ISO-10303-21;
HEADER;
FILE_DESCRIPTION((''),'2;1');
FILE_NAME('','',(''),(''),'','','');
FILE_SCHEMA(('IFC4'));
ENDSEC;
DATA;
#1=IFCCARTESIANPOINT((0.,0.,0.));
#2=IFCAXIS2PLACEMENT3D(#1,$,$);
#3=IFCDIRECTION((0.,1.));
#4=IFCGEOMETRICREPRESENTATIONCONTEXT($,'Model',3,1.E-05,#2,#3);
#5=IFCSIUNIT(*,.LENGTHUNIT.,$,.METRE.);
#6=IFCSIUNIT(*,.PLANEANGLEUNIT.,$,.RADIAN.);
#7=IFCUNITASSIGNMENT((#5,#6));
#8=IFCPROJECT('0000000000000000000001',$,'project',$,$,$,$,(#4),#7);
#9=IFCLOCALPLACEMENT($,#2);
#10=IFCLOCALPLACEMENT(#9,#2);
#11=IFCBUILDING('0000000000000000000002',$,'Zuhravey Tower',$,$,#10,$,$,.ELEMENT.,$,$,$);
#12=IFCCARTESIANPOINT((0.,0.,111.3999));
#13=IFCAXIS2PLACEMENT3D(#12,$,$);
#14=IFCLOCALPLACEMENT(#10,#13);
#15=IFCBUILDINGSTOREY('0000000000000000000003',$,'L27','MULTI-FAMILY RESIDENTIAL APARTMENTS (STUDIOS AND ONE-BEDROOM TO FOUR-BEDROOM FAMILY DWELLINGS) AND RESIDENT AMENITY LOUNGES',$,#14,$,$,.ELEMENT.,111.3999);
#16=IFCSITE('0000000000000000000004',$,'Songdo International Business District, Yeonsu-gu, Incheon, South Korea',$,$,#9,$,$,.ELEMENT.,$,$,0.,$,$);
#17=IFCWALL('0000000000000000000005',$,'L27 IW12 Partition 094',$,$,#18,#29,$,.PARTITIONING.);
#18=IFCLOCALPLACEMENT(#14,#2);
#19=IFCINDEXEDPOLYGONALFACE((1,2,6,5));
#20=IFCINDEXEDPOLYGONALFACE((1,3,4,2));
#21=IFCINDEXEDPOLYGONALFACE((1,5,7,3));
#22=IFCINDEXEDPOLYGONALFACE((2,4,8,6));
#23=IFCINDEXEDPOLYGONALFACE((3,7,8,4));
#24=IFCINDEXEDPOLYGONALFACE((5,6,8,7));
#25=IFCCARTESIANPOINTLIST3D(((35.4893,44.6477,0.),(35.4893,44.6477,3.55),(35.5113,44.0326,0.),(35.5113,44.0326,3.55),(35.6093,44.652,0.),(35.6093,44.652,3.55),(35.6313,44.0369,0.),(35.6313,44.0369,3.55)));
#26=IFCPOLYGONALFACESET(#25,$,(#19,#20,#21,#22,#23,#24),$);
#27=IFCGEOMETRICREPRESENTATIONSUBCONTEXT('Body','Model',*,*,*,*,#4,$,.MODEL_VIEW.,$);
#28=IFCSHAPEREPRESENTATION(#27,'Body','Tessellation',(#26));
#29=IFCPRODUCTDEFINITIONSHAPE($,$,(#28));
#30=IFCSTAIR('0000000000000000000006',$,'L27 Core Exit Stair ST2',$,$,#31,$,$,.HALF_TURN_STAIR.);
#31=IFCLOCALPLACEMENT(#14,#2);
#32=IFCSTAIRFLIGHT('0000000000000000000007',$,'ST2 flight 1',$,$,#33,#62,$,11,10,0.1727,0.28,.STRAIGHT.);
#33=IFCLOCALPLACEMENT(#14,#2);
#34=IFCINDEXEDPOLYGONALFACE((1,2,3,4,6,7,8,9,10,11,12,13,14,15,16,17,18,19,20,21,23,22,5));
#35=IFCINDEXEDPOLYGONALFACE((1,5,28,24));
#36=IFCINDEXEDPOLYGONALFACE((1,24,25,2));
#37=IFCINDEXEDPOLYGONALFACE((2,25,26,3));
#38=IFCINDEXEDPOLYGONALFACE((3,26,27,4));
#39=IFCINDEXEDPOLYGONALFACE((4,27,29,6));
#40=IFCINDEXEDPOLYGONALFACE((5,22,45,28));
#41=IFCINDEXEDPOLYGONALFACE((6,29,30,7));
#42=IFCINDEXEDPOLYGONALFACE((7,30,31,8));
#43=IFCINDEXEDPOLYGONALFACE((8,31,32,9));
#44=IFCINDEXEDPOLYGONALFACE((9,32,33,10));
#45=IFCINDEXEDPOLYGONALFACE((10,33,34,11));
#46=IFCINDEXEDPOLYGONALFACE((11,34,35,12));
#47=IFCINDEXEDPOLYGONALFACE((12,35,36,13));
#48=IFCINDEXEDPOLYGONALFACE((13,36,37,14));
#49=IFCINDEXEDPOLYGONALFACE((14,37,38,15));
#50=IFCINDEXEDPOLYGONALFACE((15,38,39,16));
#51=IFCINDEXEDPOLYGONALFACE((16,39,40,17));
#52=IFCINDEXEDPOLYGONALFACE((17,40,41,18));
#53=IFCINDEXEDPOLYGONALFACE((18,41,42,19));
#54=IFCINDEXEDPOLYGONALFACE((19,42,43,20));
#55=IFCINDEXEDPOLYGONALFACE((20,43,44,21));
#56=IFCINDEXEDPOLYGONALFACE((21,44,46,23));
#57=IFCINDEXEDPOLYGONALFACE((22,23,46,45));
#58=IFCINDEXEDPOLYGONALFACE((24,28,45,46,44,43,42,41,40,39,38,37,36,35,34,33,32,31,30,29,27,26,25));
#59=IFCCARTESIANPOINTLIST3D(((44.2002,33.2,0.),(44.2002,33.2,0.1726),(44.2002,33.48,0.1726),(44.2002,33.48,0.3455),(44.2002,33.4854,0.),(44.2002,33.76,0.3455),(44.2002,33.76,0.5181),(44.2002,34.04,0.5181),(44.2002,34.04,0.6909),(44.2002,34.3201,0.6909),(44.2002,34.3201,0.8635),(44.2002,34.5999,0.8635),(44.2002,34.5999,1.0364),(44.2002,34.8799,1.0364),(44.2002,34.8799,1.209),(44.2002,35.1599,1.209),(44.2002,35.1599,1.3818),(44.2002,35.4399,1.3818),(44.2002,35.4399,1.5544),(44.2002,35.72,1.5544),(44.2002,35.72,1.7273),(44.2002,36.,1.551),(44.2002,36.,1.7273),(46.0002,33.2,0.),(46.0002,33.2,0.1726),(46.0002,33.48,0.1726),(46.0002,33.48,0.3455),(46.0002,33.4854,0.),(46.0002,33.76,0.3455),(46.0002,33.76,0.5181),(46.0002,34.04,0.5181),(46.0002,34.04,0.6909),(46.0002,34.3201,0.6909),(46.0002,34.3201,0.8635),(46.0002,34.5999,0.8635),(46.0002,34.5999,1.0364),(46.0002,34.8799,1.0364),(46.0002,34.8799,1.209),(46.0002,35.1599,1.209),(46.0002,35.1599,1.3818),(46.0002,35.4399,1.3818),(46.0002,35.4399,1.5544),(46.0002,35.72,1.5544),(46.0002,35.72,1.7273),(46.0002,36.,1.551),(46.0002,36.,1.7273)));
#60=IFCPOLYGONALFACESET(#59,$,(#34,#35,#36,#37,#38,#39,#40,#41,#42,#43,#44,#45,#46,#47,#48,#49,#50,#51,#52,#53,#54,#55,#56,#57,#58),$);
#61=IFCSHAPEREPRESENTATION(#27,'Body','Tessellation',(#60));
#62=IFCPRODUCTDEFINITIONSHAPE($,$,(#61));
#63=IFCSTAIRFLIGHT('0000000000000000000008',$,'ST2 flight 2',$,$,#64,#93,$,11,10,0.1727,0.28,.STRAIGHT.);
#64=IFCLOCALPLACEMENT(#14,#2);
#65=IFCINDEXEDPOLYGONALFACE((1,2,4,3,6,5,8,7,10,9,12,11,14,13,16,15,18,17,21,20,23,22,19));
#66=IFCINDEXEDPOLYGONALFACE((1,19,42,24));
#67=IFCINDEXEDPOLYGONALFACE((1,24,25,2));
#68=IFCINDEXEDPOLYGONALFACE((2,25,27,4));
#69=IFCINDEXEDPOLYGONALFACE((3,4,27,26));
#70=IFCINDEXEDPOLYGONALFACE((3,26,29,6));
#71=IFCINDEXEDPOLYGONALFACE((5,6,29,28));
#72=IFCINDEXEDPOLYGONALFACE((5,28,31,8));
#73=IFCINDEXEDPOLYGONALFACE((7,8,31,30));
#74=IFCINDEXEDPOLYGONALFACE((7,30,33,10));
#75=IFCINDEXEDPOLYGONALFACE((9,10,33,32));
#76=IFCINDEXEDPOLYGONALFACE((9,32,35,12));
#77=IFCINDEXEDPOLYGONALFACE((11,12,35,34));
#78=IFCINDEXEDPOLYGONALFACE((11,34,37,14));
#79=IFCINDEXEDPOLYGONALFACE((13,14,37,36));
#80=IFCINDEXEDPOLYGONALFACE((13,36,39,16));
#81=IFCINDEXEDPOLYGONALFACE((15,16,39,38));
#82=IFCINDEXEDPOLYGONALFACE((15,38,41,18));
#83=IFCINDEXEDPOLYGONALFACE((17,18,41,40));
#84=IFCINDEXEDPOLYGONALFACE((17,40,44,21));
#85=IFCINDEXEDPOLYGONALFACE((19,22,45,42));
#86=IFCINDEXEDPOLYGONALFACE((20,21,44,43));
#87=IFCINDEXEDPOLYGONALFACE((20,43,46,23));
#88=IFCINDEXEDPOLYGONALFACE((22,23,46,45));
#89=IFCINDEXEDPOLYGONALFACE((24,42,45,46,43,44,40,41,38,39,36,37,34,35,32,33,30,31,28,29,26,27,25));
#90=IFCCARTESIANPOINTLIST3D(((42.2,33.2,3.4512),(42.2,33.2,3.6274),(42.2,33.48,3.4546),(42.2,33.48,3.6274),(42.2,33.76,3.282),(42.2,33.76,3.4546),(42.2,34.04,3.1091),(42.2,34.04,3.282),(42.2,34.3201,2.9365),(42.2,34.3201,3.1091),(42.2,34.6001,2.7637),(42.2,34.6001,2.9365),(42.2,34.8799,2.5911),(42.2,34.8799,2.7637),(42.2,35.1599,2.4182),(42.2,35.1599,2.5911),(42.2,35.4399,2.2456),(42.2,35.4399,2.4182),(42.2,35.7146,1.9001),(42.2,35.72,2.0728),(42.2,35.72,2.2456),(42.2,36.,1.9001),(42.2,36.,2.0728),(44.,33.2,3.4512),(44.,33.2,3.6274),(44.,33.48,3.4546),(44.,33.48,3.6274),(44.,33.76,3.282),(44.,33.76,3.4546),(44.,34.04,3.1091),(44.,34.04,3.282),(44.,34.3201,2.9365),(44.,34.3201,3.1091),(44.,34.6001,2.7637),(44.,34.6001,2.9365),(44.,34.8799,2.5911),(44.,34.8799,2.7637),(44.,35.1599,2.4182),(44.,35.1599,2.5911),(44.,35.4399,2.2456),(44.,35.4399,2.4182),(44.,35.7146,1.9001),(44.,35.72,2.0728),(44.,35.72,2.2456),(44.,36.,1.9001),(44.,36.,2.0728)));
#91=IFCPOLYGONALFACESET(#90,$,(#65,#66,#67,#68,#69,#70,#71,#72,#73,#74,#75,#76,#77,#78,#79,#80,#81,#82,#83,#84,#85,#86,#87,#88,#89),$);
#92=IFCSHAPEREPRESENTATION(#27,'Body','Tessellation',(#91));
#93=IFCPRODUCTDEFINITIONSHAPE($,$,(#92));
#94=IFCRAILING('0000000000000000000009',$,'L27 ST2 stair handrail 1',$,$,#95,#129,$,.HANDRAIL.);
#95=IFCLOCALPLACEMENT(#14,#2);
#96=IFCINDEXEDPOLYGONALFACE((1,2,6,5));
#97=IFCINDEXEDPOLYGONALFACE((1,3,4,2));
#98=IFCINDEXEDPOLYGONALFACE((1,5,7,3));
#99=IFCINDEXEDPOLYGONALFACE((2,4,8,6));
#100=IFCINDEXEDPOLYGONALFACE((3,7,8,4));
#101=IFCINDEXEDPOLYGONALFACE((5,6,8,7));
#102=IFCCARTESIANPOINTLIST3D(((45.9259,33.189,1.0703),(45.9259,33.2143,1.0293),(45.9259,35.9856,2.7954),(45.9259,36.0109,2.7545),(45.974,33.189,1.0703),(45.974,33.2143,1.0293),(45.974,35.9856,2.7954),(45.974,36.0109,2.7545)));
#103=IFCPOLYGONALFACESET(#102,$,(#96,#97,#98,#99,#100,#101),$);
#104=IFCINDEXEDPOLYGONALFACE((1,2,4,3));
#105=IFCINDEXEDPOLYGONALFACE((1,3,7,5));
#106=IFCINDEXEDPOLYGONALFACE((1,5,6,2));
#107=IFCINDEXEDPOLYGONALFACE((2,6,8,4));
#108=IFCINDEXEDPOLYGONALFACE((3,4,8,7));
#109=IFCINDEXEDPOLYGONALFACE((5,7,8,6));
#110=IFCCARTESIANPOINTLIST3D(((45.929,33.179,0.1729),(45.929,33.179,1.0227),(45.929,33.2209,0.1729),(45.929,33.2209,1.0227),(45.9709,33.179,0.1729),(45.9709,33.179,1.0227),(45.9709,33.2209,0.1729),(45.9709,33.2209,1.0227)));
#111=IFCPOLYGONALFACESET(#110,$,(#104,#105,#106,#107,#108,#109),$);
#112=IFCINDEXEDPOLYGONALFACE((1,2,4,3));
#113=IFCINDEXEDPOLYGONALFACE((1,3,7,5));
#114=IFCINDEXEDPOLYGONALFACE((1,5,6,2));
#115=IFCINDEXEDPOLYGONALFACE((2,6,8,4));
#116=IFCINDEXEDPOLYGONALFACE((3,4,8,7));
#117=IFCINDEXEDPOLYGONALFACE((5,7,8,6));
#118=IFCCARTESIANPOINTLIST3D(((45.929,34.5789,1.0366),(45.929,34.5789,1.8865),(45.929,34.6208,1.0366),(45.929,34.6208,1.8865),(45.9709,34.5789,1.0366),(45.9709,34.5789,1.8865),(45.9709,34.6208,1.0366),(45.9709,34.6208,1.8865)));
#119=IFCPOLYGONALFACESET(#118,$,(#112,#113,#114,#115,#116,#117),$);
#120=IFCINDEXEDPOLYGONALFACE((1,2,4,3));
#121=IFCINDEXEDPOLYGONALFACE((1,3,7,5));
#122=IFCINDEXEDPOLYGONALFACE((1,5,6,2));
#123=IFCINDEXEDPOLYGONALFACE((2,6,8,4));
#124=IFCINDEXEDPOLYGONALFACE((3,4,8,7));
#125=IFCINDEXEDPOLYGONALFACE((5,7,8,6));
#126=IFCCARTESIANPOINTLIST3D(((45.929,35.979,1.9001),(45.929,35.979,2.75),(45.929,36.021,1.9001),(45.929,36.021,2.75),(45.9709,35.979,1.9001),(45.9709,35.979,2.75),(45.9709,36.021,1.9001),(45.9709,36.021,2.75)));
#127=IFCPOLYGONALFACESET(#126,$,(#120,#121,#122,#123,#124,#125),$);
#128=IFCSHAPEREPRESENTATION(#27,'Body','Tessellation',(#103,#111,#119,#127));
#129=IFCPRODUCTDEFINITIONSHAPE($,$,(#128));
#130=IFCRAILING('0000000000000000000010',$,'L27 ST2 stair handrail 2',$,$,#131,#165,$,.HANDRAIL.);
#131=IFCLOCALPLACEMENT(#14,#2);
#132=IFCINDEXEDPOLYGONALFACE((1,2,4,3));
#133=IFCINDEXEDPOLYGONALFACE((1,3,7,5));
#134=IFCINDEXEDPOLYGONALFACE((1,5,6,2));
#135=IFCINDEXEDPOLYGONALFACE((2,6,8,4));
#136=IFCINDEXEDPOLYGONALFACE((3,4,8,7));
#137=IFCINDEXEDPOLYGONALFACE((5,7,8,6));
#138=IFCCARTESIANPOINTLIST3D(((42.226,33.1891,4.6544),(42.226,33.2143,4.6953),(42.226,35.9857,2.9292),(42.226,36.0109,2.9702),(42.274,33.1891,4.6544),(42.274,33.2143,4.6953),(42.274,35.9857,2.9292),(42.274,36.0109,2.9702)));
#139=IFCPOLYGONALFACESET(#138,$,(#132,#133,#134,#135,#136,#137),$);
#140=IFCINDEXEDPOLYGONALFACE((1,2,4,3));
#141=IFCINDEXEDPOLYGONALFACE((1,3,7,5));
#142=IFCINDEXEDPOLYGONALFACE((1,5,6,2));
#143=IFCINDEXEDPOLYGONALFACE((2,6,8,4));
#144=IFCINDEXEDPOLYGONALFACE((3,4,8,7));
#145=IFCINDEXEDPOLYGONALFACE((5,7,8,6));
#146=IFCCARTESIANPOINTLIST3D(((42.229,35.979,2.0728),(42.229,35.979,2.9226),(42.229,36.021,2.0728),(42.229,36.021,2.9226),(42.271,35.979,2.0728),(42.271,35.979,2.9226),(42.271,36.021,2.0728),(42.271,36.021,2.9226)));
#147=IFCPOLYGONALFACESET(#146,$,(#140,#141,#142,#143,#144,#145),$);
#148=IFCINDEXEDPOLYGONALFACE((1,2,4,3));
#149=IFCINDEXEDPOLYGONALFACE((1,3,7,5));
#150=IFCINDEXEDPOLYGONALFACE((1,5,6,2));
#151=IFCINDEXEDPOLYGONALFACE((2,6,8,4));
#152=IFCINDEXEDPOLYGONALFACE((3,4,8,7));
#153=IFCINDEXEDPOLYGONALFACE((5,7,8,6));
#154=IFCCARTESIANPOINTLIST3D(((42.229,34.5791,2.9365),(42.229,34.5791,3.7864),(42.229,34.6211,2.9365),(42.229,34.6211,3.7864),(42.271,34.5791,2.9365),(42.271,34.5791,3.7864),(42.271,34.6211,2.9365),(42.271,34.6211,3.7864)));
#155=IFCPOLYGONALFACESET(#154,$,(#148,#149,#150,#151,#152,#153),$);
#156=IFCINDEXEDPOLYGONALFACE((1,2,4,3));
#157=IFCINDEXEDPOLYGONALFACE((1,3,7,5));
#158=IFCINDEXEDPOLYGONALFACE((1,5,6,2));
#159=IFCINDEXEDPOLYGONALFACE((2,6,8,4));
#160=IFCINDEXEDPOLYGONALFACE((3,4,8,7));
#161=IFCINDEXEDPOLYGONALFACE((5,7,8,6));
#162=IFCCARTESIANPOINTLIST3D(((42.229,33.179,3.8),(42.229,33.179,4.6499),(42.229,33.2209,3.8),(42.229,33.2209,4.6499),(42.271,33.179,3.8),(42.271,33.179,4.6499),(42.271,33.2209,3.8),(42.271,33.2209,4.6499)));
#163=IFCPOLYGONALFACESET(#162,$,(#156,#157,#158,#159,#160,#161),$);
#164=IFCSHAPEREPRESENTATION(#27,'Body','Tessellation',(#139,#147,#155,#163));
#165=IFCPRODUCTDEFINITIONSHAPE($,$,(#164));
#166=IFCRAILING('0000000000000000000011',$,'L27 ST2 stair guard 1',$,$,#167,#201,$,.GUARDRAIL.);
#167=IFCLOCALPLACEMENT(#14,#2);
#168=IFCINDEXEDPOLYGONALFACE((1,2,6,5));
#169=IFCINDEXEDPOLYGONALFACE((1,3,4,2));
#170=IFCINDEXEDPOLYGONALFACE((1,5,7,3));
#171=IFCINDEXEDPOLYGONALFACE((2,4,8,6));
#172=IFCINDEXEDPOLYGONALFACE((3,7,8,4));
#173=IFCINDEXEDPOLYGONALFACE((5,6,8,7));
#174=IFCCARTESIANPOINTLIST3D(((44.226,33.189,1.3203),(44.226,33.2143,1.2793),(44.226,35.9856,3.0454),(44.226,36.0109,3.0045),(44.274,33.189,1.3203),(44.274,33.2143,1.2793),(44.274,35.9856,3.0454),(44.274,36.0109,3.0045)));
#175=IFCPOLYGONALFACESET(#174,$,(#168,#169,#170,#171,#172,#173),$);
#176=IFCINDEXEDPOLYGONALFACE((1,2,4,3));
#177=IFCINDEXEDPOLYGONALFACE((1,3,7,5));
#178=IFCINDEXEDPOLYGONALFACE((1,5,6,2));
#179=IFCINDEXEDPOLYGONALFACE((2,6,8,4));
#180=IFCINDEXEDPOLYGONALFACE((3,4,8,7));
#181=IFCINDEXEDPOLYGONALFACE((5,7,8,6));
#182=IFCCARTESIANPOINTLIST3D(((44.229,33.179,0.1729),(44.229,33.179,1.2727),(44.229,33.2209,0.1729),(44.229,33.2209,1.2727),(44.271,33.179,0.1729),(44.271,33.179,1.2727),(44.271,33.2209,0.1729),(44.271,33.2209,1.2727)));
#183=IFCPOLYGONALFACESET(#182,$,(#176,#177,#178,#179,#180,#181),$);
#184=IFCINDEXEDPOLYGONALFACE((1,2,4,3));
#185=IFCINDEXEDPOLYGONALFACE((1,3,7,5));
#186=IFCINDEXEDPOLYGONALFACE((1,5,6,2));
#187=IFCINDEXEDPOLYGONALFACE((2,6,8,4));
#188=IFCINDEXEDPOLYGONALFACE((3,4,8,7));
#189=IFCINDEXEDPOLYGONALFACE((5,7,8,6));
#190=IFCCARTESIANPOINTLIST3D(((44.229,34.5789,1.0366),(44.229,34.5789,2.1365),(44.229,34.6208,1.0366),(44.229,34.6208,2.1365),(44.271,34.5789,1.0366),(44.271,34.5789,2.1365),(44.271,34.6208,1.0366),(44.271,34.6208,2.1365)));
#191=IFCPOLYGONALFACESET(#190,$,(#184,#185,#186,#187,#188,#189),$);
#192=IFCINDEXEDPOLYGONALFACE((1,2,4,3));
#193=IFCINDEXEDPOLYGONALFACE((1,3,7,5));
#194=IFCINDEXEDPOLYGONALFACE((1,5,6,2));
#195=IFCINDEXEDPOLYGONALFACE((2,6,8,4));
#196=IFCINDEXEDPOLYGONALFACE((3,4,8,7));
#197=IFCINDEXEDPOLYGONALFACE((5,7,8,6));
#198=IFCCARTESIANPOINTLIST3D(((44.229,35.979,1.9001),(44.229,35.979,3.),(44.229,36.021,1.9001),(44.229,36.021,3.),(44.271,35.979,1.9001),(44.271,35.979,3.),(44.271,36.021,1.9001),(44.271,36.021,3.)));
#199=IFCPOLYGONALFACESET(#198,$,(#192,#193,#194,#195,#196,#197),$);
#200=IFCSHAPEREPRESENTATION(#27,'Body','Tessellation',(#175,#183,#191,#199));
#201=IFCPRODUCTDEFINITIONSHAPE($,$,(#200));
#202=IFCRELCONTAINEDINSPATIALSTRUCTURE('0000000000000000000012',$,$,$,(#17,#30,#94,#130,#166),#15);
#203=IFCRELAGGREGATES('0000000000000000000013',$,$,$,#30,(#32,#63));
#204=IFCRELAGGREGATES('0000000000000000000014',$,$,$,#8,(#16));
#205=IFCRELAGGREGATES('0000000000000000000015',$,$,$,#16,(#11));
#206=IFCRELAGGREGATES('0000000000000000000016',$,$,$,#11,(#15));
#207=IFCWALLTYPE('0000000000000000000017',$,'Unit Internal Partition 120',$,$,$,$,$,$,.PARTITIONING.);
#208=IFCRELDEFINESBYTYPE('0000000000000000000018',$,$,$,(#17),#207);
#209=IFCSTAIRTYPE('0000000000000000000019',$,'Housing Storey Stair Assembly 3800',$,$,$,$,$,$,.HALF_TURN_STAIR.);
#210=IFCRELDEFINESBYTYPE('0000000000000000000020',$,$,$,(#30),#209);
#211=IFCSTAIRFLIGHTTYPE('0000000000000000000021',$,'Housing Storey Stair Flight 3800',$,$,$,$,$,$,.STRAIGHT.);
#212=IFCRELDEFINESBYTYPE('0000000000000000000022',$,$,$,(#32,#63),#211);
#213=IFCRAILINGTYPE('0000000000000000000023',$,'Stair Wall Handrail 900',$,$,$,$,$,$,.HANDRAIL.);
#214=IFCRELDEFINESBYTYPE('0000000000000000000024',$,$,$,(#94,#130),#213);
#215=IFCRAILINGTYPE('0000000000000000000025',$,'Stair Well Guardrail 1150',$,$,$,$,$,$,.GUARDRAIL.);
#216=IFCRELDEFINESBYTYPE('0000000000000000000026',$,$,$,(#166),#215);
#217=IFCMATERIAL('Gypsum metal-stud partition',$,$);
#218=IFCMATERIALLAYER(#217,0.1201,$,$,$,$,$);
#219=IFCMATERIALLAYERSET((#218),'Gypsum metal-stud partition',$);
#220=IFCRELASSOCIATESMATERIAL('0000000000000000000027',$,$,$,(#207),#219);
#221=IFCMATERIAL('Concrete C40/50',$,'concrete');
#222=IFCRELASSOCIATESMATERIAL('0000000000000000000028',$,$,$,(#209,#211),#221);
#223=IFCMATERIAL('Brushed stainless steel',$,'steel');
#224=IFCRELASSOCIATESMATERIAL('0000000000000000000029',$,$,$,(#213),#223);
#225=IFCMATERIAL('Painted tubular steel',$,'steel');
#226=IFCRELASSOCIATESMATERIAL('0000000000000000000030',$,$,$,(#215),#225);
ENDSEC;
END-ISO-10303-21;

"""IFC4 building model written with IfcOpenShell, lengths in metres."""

from ifc_helpers import new_model, si_unit, direction, frame, frame_2d, origin, origin_2d, place, context, subcontext, project, spatial, polyline, rectangle, outline, extrude, material, layer, layer_set, type_object, element, aggregate, save


model = new_model("IFC4")

# Units and contexts
model_context = context("Model", 3, precision=1e-05, world=origin(), true_north=direction((0.0, 1.0)))
body_context = subcontext(model_context, "Body", "Model", "MODEL_VIEW")
ifc_project = project(units=[si_unit("LENGTHUNIT", "METRE"), si_unit("PLANEANGLEUNIT", "RADIAN")], contexts=[model_context])

# Site, building, storey
site_placement = place(None, origin())
site = spatial("IfcSite", under=ifc_project, at=site_placement, Name="Songdo International Business District, Yeonsu-gu, Incheon, South Korea", CompositionType="ELEMENT", RefElevation=0.0)
building_placement = place(site_placement, origin())
building = spatial("IfcBuilding", under=site, at=building_placement, Name="Zuhravey Tower", CompositionType="ELEMENT")
storey_placement = place(building_placement, frame((0.0, 0.0, 111.3999)))
storey = spatial("IfcBuildingStorey", under=building, at=storey_placement, Name="L27", Description="MULTI-FAMILY RESIDENTIAL APARTMENTS (STUDIOS AND ONE-BEDROOM TO FOUR-BEDROOM FAMILY DWELLINGS) AND RESIDENT AMENITY LOUNGES", CompositionType="ELEMENT", Elevation=111.3999)

# Wall
ifc_material_1 = material(Name="Gypsum metal-stud partition")
ifc_layer_1 = layer(ifc_material_1, 0.1201)
ifc_layer_set_1 = layer_set([ifc_layer_1], Name="Gypsum metal-stud partition")
wall_type_1 = type_object("IfcWallType", Name="Unit Internal Partition 120", PredefinedType="PARTITIONING", material=ifc_layer_set_1)
wall_1_placement = place(storey_placement, frame((35.5713, 44.0349, 0.0), z_axis=(0.0, 0.0, 1.0), x_axis=(-0.035706, 0.999362, 0.0)))
element("IfcWall", 1, at=wall_1_placement, inside=storey, type_object=wall_type_1, Name="L27 IW12 Partition 094", PredefinedType="PARTITIONING", context=body_context, shape_type="SweptSolid", body=[
    extrude(rectangle(XDim=0.6155, YDim=0.1201, at=frame_2d((0.3076, 0.0))), origin(), (0.0, 0.0, 1.0), 3.55),
])

# Stair, stair flights
ifc_material_2 = material(Name="Concrete C40/50", Category="concrete")
stair_type = type_object("IfcStairType", Name="Housing Storey Stair Assembly 3800", PredefinedType="HALF_TURN_STAIR", material=ifc_material_2)
stair_placement = place(storey_placement, origin())
stair = element("IfcStair", 2, at=stair_placement, inside=storey, type_object=stair_type, Name="L27 Core Exit Stair ST2", PredefinedType="HALF_TURN_STAIR")
stair_flight_type = type_object("IfcStairFlightType", Name="Housing Storey Stair Flight 3800", PredefinedType="STRAIGHT", material=ifc_material_2)
stair_flight_1_placement = place(storey_placement, frame((45.1001, 33.2, 0.0), z_axis=(0.0, 0.0, 1.0), x_axis=(0.0, 1.0, 0.0)))
stair_flight_1 = element("IfcStairFlight", 3, at=stair_flight_1_placement, type_object=stair_flight_type, Name="ST2 flight 1", NumberOfRisers=11, NumberOfTreads=10, PredefinedType="STRAIGHT", RiserHeight=0.1727, TreadLength=0.28, context=body_context, shape_type="SweptSolid", body=[
    extrude(outline(polyline([(0.0, 0.0), (0.0, 0.1726), (0.28, 0.1726), (0.28, 0.3455), (0.5601, 0.3455), (0.5601, 0.5181), (0.8401, 0.5181), (0.8401, 0.6909), (1.1201, 0.6909), (1.1201, 0.8635), (1.3999, 0.8635), (1.3999, 1.0364), (1.6799, 1.0364), (1.6799, 1.209), (1.96, 1.209), (1.96, 1.3818), (2.24, 1.3818), (2.24, 1.5544), (2.52, 1.5544), (2.52, 1.7273), (2.8, 1.7273), (2.8, 1.8999), (2.8, 1.551), (0.2854, 0.0), (0.0, 0.0)])), frame((0.0, 0.8999, 0.0), z_axis=(0.0, -1.0, 0.0), x_axis=(1.0, 0.0, 0.0)), (0.0, 0.0, 1.0), 1.8),
])
stair_flight_2_placement = place(storey_placement, frame((43.1001, 36.0, 1.9001), z_axis=(0.0, 0.0, 1.0), x_axis=(0.0, -1.0, 0.0)))
stair_flight_2 = element("IfcStairFlight", 4, at=stair_flight_2_placement, type_object=stair_flight_type, Name="ST2 flight 2", NumberOfRisers=11, NumberOfTreads=10, PredefinedType="STRAIGHT", RiserHeight=0.1727, TreadLength=0.28, context=body_context, shape_type="SweptSolid", body=[
    extrude(outline(polyline([(0.0, 0.0), (0.0, 0.1726), (0.28, 0.1726), (0.28, 0.3455), (0.5601, 0.3455), (0.5601, 0.5181), (0.8401, 0.5181), (0.8401, 0.6909), (1.1201, 0.6909), (1.1201, 0.8635), (1.3999, 0.8635), (1.3999, 1.0364), (1.6799, 1.0364), (1.6799, 1.209), (1.96, 1.209), (1.96, 1.3818), (2.24, 1.3818), (2.24, 1.5544), (2.52, 1.5544), (2.52, 1.7273), (2.8, 1.7273), (2.8, 1.8999), (2.8, 1.551), (0.2854, 0.0), (0.0, 0.0)])), frame((0.0, 0.8999, 0.0), z_axis=(0.0, -1.0, 0.0), x_axis=(1.0, 0.0, 0.0)), (0.0, 0.0, 1.0), 1.8),
])
aggregate(stair, [stair_flight_1, stair_flight_2])

# Railings
ifc_material_3 = material(Name="Brushed stainless steel", Category="steel")
railing_type_1 = type_object("IfcRailingType", Name="Stair Wall Handrail 900", PredefinedType="HANDRAIL", material=ifc_material_3)
railing_1_placement = place(storey_placement, frame((45.95, 33.2, 0.1729)))
element("IfcRailing", 5, at=railing_1_placement, inside=storey, type_object=railing_type_1, Name="L27 ST2 stair handrail 1", PredefinedType="HANDRAIL", context=body_context, shape_type="SweptSolid", body=[
    extrude(rectangle(XDim=0.0481, YDim=0.0481, at=origin_2d()), frame((0.0, 0.0017, 0.877), z_axis=(0.0, 0.85109, 0.52502), x_axis=(-1.0, 0.0, 0.0)), (0.0, 0.0, 1.0), 3.2859),
    extrude(rectangle(XDim=0.042, YDim=0.042, at=origin_2d()), origin(), (0.0, 0.0, 1.0), 0.8499),
    extrude(rectangle(XDim=0.042, YDim=0.042, at=origin_2d()), frame((0.0, 1.3999, 0.8638)), (0.0, 0.0, 1.0), 0.8499),
    extrude(rectangle(XDim=0.042, YDim=0.042, at=origin_2d()), frame((0.0, 2.8, 1.7273)), (0.0, 0.0, 1.0), 0.8499),
])
railing_2_placement = place(storey_placement, frame((42.25, 36.0, 2.0728)))
element("IfcRailing", 6, at=railing_2_placement, inside=storey, type_object=railing_type_1, Name="L27 ST2 stair handrail 2", PredefinedType="HANDRAIL", context=body_context, shape_type="SweptSolid", body=[
    extrude(rectangle(XDim=0.0481, YDim=0.0481, at=origin_2d()), frame((0.0, -0.0017, 0.877), z_axis=(0.0, -0.85109, 0.52502), x_axis=(1.0, 0.0, 0.0)), (0.0, 0.0, 1.0), 3.2859),
    extrude(rectangle(XDim=0.042, YDim=0.042, at=origin_2d()), origin(), (0.0, 0.0, 1.0), 0.8499),
    extrude(rectangle(XDim=0.042, YDim=0.042, at=origin_2d()), frame((0.0, -1.3999, 0.8638)), (0.0, 0.0, 1.0), 0.8499),
    extrude(rectangle(XDim=0.042, YDim=0.042, at=origin_2d()), frame((0.0, -2.8, 1.7273)), (0.0, 0.0, 1.0), 0.8499),
])
ifc_material_4 = material(Name="Painted tubular steel", Category="steel")
railing_type_2 = type_object("IfcRailingType", Name="Stair Well Guardrail 1150", PredefinedType="GUARDRAIL", material=ifc_material_4)
railing_3_placement = place(storey_placement, frame((44.25, 33.2, 0.1729)))
element("IfcRailing", 7, at=railing_3_placement, inside=storey, type_object=railing_type_2, Name="L27 ST2 stair guard 1", PredefinedType="GUARDRAIL", context=body_context, shape_type="SweptSolid", body=[
    extrude(rectangle(XDim=0.0481, YDim=0.0481, at=origin_2d()), frame((0.0, 0.0017, 1.127), z_axis=(0.0, 0.85109, 0.52502), x_axis=(-1.0, 0.0, 0.0)), (0.0, 0.0, 1.0), 3.2859),
    extrude(rectangle(XDim=0.042, YDim=0.042, at=origin_2d()), origin(), (0.0, 0.0, 1.0), 1.0999),
    extrude(rectangle(XDim=0.042, YDim=0.042, at=origin_2d()), frame((0.0, 1.3999, 0.8638)), (0.0, 0.0, 1.0), 1.0999),
    extrude(rectangle(XDim=0.042, YDim=0.042, at=origin_2d()), frame((0.0, 2.8, 1.7273)), (0.0, 0.0, 1.0), 1.0999),
])

save(model, "model.ifc")
